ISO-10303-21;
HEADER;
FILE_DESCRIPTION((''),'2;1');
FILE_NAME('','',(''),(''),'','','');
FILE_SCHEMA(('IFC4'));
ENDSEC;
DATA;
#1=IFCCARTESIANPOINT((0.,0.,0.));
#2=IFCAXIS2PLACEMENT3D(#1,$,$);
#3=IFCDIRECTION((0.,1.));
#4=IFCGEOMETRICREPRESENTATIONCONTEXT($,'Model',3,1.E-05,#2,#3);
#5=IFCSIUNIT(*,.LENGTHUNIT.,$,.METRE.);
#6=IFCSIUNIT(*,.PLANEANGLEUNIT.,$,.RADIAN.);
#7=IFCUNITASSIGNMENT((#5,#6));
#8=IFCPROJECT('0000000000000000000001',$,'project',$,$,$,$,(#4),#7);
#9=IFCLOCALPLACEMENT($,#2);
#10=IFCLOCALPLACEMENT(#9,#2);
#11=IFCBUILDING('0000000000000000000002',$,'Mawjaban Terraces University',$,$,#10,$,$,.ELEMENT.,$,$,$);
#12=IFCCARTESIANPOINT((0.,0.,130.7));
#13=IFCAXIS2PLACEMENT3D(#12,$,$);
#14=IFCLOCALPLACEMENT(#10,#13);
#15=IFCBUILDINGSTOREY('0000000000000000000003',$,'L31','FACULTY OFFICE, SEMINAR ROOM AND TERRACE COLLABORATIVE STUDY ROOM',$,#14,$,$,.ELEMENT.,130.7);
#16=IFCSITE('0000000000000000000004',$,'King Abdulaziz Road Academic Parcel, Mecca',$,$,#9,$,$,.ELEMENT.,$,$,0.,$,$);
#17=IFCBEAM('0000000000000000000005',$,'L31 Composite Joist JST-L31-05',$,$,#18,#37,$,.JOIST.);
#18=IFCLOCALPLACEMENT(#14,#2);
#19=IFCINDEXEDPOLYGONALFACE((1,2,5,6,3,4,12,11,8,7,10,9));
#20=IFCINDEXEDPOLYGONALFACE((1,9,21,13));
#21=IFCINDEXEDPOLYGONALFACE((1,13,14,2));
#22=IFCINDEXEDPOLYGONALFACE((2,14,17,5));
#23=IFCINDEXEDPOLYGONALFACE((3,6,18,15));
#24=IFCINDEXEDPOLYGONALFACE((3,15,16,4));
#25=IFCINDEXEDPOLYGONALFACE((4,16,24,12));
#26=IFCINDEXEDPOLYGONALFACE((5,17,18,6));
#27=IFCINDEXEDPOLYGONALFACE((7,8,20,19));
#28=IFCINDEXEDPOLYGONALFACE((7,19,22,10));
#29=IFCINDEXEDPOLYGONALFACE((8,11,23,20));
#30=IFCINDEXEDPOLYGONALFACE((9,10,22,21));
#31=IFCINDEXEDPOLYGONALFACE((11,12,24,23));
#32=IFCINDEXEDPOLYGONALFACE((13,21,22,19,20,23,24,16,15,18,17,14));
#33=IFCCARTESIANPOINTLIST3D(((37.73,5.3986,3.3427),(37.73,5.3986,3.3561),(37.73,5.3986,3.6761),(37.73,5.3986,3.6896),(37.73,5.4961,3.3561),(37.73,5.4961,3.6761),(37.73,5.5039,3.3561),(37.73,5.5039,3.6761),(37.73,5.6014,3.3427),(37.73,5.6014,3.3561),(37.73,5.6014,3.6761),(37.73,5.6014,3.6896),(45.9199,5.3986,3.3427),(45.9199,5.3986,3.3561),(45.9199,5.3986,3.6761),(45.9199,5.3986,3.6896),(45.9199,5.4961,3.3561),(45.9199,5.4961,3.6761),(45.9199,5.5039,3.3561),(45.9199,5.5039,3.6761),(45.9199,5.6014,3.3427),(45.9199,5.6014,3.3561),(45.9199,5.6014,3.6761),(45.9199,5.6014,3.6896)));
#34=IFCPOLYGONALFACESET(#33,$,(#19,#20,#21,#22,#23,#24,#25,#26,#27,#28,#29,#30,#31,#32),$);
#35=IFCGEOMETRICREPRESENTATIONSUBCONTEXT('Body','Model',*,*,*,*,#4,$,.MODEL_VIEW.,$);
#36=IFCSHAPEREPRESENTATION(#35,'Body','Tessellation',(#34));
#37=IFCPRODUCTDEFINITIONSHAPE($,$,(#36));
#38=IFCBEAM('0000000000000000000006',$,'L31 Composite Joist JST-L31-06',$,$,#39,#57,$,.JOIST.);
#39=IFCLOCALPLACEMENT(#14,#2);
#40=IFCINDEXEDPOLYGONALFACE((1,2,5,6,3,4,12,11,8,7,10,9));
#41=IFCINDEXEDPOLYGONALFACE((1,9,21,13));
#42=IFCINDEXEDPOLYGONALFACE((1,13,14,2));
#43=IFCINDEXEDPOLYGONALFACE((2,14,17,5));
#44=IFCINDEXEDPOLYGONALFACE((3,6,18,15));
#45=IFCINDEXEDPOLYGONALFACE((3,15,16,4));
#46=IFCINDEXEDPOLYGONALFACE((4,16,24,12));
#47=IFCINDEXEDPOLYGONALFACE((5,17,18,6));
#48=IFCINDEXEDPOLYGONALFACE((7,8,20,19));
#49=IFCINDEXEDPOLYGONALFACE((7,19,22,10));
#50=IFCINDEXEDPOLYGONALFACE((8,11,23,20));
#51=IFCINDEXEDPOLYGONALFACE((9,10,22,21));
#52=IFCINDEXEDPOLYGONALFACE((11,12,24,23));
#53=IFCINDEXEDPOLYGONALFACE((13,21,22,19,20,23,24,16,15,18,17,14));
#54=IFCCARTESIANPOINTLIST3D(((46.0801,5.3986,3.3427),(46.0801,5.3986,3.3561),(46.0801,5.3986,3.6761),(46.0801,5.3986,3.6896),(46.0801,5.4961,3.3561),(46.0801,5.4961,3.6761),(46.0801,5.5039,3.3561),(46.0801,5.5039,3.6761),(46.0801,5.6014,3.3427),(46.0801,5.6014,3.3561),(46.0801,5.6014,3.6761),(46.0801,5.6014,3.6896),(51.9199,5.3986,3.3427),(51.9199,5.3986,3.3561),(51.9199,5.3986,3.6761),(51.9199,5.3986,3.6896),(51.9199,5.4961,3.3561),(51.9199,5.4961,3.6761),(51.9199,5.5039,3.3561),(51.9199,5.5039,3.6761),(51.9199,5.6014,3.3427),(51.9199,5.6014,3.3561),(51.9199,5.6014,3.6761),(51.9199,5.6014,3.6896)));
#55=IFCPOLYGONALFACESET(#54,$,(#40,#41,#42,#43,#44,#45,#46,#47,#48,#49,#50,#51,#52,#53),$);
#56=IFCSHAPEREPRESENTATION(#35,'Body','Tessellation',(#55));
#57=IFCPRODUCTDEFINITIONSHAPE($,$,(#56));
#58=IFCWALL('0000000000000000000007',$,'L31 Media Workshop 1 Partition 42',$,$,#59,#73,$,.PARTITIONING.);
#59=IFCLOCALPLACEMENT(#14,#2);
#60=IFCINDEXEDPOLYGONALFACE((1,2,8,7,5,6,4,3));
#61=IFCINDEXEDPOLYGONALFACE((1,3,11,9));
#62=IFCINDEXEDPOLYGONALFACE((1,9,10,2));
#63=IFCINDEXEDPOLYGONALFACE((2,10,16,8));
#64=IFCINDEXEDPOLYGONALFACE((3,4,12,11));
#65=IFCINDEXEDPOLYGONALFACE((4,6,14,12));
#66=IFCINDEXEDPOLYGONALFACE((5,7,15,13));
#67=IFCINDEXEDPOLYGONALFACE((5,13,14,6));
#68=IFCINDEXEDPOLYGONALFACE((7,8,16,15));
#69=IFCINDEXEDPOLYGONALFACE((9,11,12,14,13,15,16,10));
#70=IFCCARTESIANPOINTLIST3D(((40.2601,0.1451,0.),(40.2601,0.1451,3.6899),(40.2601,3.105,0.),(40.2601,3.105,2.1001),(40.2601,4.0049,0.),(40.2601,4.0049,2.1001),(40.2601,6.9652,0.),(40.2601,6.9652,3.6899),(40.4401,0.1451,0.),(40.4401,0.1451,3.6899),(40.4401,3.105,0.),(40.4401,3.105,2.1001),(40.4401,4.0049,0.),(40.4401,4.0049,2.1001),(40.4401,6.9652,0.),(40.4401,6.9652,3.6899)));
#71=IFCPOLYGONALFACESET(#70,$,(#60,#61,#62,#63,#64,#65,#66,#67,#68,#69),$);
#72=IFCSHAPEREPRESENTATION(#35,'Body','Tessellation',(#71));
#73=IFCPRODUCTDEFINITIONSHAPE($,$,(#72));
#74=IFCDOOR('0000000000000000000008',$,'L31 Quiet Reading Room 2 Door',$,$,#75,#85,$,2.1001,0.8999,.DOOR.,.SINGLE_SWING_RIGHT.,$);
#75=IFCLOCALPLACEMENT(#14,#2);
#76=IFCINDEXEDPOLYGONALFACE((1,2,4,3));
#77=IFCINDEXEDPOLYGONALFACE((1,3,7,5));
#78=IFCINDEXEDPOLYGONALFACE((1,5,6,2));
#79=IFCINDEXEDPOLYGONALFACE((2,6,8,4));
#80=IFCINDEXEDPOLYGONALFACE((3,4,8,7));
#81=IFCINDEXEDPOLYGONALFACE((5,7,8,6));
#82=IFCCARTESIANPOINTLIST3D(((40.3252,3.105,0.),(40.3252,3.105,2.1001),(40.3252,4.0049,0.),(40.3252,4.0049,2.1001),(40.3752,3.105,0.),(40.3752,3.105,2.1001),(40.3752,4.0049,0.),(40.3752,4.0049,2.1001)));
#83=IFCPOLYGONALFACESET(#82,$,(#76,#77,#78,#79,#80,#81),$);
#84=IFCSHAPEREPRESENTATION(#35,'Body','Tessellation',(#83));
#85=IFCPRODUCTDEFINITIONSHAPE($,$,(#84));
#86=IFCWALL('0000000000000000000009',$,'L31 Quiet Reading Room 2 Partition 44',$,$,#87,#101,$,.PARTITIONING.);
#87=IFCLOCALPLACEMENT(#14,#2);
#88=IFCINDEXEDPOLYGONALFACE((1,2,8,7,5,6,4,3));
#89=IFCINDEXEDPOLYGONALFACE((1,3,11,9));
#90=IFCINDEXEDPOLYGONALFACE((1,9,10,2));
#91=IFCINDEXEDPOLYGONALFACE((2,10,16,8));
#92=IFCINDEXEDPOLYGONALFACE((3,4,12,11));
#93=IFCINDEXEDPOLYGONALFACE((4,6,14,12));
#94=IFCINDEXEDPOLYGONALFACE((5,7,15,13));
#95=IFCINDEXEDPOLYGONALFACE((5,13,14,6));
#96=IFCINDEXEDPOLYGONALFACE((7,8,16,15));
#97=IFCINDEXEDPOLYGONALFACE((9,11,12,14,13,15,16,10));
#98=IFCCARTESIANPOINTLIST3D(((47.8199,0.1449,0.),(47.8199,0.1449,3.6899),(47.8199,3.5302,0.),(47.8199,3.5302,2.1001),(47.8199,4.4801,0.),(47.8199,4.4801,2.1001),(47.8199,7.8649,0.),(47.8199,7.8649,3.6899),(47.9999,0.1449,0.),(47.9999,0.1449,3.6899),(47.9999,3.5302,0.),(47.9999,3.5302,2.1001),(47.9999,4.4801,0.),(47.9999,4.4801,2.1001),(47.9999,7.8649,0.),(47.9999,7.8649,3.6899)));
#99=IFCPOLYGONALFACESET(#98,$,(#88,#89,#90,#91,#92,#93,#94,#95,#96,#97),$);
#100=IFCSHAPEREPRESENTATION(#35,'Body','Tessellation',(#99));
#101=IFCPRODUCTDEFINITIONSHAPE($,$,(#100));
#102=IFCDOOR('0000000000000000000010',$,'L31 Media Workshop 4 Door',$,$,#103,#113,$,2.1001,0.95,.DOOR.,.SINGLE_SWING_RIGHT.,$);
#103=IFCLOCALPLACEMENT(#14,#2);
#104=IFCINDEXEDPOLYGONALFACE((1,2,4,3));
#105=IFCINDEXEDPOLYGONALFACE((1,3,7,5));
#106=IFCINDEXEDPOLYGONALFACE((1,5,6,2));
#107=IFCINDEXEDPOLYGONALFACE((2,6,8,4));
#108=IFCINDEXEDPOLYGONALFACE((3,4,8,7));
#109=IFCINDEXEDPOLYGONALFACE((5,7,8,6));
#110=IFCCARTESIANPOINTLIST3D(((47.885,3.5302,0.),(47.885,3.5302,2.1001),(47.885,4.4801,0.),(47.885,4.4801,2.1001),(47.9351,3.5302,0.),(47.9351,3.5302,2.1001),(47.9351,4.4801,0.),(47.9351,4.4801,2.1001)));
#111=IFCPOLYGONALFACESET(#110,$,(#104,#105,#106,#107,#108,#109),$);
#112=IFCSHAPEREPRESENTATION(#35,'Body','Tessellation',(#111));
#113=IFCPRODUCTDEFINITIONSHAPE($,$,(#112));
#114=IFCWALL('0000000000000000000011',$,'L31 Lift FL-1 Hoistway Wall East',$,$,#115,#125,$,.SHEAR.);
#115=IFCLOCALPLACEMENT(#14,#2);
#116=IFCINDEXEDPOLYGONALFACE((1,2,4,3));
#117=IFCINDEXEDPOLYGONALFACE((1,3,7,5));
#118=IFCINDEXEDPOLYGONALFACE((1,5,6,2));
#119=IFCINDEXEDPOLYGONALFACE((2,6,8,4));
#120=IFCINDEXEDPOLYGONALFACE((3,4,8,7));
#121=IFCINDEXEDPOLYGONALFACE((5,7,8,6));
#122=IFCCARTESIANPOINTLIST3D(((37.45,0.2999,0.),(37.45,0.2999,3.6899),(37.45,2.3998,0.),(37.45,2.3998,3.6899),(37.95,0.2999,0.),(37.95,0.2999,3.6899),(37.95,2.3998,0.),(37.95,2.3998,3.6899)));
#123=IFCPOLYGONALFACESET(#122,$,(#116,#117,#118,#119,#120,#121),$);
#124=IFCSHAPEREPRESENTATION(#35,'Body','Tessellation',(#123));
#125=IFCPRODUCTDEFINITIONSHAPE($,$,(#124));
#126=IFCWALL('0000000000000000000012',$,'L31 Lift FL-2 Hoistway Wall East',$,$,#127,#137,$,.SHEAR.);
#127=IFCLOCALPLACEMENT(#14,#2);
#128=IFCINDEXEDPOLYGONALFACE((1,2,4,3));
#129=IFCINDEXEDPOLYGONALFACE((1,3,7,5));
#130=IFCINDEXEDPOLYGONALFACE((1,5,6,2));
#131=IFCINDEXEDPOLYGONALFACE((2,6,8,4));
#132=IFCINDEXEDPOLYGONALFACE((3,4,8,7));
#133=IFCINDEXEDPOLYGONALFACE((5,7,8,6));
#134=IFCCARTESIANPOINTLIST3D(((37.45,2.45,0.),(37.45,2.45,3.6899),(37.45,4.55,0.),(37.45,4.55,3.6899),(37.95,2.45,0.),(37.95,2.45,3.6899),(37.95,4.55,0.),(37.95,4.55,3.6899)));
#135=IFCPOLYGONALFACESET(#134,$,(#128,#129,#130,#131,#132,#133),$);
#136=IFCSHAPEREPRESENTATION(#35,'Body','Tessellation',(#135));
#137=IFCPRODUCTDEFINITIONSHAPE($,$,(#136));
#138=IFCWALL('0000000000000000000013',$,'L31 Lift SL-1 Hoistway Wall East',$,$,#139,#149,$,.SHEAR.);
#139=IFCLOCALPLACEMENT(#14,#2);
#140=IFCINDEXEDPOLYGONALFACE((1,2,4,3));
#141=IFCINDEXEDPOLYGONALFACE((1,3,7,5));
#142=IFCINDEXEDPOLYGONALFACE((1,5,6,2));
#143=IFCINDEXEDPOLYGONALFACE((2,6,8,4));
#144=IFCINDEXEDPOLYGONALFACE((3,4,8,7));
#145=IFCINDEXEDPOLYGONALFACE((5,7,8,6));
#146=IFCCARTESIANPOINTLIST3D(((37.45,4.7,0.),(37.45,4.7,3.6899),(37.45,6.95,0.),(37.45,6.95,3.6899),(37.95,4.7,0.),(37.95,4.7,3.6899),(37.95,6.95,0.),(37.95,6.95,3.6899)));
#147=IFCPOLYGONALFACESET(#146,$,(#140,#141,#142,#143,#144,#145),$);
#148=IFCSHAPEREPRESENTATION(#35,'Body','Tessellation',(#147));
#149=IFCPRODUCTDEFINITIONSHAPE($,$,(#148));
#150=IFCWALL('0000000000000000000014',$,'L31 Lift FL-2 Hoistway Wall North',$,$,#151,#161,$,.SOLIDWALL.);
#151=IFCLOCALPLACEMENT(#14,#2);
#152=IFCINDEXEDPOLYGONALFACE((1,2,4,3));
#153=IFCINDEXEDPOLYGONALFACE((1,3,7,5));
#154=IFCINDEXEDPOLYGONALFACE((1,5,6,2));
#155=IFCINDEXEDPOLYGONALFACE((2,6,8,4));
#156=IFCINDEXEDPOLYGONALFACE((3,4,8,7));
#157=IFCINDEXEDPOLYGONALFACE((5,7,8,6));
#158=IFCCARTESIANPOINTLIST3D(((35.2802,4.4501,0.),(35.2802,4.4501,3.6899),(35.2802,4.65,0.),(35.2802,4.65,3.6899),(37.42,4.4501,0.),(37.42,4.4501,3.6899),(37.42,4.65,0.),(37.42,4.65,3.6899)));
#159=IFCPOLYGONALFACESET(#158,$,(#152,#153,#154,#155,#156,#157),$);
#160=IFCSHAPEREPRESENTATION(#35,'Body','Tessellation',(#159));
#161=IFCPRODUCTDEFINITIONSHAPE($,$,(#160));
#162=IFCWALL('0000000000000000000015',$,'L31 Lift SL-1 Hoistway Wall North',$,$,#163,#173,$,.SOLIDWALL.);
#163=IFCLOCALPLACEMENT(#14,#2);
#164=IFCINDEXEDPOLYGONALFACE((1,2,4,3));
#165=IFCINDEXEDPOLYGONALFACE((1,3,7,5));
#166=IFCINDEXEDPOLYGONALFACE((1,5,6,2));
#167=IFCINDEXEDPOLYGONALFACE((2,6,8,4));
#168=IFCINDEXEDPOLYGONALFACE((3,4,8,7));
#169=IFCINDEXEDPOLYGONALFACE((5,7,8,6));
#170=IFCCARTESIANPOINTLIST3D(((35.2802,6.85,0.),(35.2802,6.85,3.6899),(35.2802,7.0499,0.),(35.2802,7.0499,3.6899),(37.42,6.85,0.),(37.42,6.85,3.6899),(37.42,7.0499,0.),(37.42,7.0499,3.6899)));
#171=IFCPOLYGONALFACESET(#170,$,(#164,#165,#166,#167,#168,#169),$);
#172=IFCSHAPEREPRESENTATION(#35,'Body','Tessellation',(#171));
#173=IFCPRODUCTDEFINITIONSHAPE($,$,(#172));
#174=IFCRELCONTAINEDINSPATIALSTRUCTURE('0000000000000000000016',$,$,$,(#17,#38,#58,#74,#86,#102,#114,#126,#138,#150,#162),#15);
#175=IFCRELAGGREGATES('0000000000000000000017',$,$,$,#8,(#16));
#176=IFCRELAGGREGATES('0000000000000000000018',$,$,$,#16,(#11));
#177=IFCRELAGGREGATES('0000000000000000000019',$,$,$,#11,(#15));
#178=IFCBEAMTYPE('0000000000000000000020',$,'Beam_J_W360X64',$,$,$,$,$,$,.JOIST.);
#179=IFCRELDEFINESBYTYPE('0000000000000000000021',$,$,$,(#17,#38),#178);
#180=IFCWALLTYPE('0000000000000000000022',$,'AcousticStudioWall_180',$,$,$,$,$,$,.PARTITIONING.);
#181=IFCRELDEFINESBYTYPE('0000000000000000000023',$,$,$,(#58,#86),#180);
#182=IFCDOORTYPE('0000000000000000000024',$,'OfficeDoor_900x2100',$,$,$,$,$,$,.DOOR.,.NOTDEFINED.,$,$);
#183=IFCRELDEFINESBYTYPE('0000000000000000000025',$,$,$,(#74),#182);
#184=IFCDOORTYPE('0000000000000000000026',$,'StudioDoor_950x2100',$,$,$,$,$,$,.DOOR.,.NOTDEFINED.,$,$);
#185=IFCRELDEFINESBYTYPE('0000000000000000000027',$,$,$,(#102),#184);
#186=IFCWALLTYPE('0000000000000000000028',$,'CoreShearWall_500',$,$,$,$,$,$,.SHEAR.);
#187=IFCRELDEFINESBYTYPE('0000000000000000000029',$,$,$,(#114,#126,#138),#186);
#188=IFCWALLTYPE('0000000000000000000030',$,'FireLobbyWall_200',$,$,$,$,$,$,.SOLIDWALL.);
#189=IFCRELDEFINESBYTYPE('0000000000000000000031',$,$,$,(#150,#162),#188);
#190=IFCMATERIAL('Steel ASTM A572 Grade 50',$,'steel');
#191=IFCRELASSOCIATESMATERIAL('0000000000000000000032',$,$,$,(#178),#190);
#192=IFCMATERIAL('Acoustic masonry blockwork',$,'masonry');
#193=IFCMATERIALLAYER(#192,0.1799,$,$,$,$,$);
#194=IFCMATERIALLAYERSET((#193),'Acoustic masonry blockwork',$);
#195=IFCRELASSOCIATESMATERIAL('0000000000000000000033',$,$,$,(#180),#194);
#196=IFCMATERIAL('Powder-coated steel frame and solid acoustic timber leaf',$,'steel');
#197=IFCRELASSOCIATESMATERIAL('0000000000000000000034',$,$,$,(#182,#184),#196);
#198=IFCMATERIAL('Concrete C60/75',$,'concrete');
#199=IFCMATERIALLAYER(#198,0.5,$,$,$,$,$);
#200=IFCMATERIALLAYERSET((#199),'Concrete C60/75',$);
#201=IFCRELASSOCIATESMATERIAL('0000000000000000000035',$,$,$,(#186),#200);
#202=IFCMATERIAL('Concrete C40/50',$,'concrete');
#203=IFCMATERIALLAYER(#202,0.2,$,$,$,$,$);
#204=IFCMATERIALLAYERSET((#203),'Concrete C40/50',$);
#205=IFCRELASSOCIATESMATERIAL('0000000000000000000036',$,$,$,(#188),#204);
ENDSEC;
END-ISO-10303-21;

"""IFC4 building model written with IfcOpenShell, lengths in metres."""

from ifc_helpers import new_model, si_unit, direction, frame, frame_2d, origin, origin_2d, place, context, subcontext, project, spatial, rectangle, i_section, extrude, material, layer, layer_set, material_profile, profile_set, type_object, element, fill, save


model = new_model("IFC4")

# Units and contexts
model_context = context("Model", 3, precision=1e-05, world=origin(), true_north=direction((0.0, 1.0)))
body_context = subcontext(model_context, "Body", "Model", "MODEL_VIEW")
ifc_project = project(units=[si_unit("LENGTHUNIT", "METRE"), si_unit("PLANEANGLEUNIT", "RADIAN")], contexts=[model_context])

# Site, building, storey
site_placement = place(None, origin())
site = spatial("IfcSite", under=ifc_project, at=site_placement, Name="King Abdulaziz Road Academic Parcel, Mecca", CompositionType="ELEMENT", RefElevation=0.0)
building_placement = place(site_placement, origin())
building = spatial("IfcBuilding", under=site, at=building_placement, Name="Mawjaban Terraces University", CompositionType="ELEMENT")
storey_placement = place(building_placement, frame((0.0, 0.0, 130.7)))
storey = spatial("IfcBuildingStorey", under=building, at=storey_placement, Name="L31", Description="FACULTY OFFICE, SEMINAR ROOM AND TERRACE COLLABORATIVE STUDY ROOM", CompositionType="ELEMENT", Elevation=130.7)

# Shared definitions
ifc_material_1 = material(Name="Concrete C60/75", Category="concrete")

# Beams
ifc_material_2 = material(Name="Steel ASTM A572 Grade 50", Category="steel")
ifc_material_profile_1 = material_profile(ifc_material_2, i_section(OverallWidth=0.2029, OverallDepth=0.3469, WebThickness=0.0078, FlangeThickness=0.0134, at=origin_2d()), Name="W360X64")
ifc_profile_set_1 = profile_set([ifc_material_profile_1], Name="Steel ASTM A572 Grade 50")
beam_type_1 = type_object("IfcBeamType", Name="Beam_J_W360X64", PredefinedType="JOIST", material=ifc_profile_set_1)
beam_1_placement = place(storey_placement, frame((37.73, 5.5, 3.5161), z_axis=(1.0, 0.0, 0.0), x_axis=(0.0, 1.0, 0.0)))
element("IfcBeam", 1, at=beam_1_placement, inside=storey, type_object=beam_type_1, Name="L31 Composite Joist JST-L31-05", PredefinedType="JOIST", context=body_context, shape_type="SweptSolid", body=[
    extrude(i_section(OverallWidth=0.2029, OverallDepth=0.3469, WebThickness=0.0078, FlangeThickness=0.0134, at=origin_2d()), origin(), (0.0, 0.0, 1.0), 8.1899),
])
beam_2_placement = place(storey_placement, frame((46.0801, 5.5, 3.5161), z_axis=(1.0, 0.0, 0.0), x_axis=(0.0, 1.0, 0.0)))
element("IfcBeam", 2, at=beam_2_placement, inside=storey, type_object=beam_type_1, Name="L31 Composite Joist JST-L31-06", PredefinedType="JOIST", context=body_context, shape_type="SweptSolid", body=[
    extrude(i_section(OverallWidth=0.2029, OverallDepth=0.3469, WebThickness=0.0078, FlangeThickness=0.0134, at=origin_2d()), origin(), (0.0, 0.0, 1.0), 5.8398),
])

# Walls, openings, doors
ifc_material_3 = material(Name="Acoustic masonry blockwork", Category="masonry")
ifc_layer_1 = layer(ifc_material_3, 0.1799)
ifc_layer_set_1 = layer_set([ifc_layer_1], Name="Acoustic masonry blockwork")
wall_type_1 = type_object("IfcWallType", Name="AcousticStudioWall_180", PredefinedType="PARTITIONING", material=ifc_layer_set_1)
wall_1_placement = place(storey_placement, frame((40.3501, 0.145, 0.0), z_axis=(0.0, 0.0, 1.0), x_axis=(0.0, 1.0, 0.0)))
wall_1 = element("IfcWall", 3, at=wall_1_placement, inside=storey, type_object=wall_type_1, Name="L31 Media Workshop 1 Partition 42", PredefinedType="PARTITIONING", context=body_context, shape_type="SweptSolid", body=[
    extrude(rectangle(XDim=6.8201, YDim=0.1799, at=frame_2d((3.4102, 0.0))), origin(), (0.0, 0.0, 1.0), 3.6899),
])
opening_1_placement = place(wall_1_placement, frame((2.96, 0.0, 0.0)))
opening_1 = element("IfcOpeningElement", 4, at=opening_1_placement, cuts=wall_1, PredefinedType="OPENING", context=body_context, shape_type="SweptSolid", body=[
    extrude(rectangle(XDim=0.8999, YDim=2.1001, at=frame_2d((0.45, 1.05))), frame((0.0, 0.0999, 0.0), z_axis=(0.0, -1.0, 0.0), x_axis=(1.0, 0.0, 0.0)), (0.0, 0.0, 1.0), 0.2),
])
ifc_material_4 = material(Name="Powder-coated steel frame and solid acoustic timber leaf", Category="steel")
door_type_1 = type_object("IfcDoorType", Name="OfficeDoor_900x2100", OperationType="NOTDEFINED", PredefinedType="DOOR", material=ifc_material_4)
door_1_placement = place(opening_1_placement, origin())
door_1 = element("IfcDoor", 5, at=door_1_placement, inside=storey, type_object=door_type_1, Name="L31 Quiet Reading Room 2 Door", OperationType="SINGLE_SWING_RIGHT", OverallHeight=2.1001, OverallWidth=0.8999, PredefinedType="DOOR", context=body_context, shape_type="SweptSolid", body=[
    extrude(rectangle(XDim=0.8999, YDim=2.1001, at=frame_2d((0.45, 1.05))), frame((0.0, 0.0249, 0.0), z_axis=(0.0, -1.0, 0.0), x_axis=(1.0, 0.0, 0.0)), (0.0, 0.0, 1.0), 0.05),
])
fill(opening_1, door_1)
wall_2_placement = place(storey_placement, frame((47.9099, 0.145, 0.0), z_axis=(0.0, 0.0, 1.0), x_axis=(0.0, 1.0, 0.0)))
wall_2 = element("IfcWall", 6, at=wall_2_placement, inside=storey, type_object=wall_type_1, Name="L31 Quiet Reading Room 2 Partition 44", PredefinedType="PARTITIONING", context=body_context, shape_type="SweptSolid", body=[
    extrude(rectangle(XDim=7.72, YDim=0.1799, at=frame_2d((3.8599, 0.0))), origin(), (0.0, 0.0, 1.0), 3.6899),
])
opening_2_placement = place(wall_2_placement, frame((3.385, 0.0, 0.0)))
opening_2 = element("IfcOpeningElement", 7, at=opening_2_placement, cuts=wall_2, PredefinedType="OPENING", context=body_context, shape_type="SweptSolid", body=[
    extrude(rectangle(XDim=0.95, YDim=2.1001, at=frame_2d((0.4751, 1.05))), frame((0.0, 0.0999, 0.0), z_axis=(0.0, -1.0, 0.0), x_axis=(1.0, 0.0, 0.0)), (0.0, 0.0, 1.0), 0.2),
])
door_type_2 = type_object("IfcDoorType", Name="StudioDoor_950x2100", OperationType="NOTDEFINED", PredefinedType="DOOR", material=ifc_material_4)
door_2_placement = place(opening_2_placement, origin())
door_2 = element("IfcDoor", 8, at=door_2_placement, inside=storey, type_object=door_type_2, Name="L31 Media Workshop 4 Door", OperationType="SINGLE_SWING_RIGHT", OverallHeight=2.1001, OverallWidth=0.95, PredefinedType="DOOR", context=body_context, shape_type="SweptSolid", body=[
    extrude(rectangle(XDim=0.95, YDim=2.1001, at=frame_2d((0.4751, 1.05))), frame((0.0, 0.0249, 0.0), z_axis=(0.0, -1.0, 0.0), x_axis=(1.0, 0.0, 0.0)), (0.0, 0.0, 1.0), 0.05),
])
fill(opening_2, door_2)

# Walls
ifc_layer_2 = layer(ifc_material_1, 0.5)
ifc_layer_set_2 = layer_set([ifc_layer_2], Name="Concrete C60/75")
wall_type_2 = type_object("IfcWallType", Name="CoreShearWall_500", PredefinedType="SHEAR", material=ifc_layer_set_2)
wall_3_placement = place(storey_placement, frame((37.7, 0.3, 0.0), z_axis=(0.0, 0.0, 1.0), x_axis=(0.0, 1.0, 0.0)))
element("IfcWall", 9, at=wall_3_placement, inside=storey, type_object=wall_type_2, Name="L31 Lift FL-1 Hoistway Wall East", PredefinedType="SHEAR", context=body_context, shape_type="SweptSolid", body=[
    extrude(rectangle(XDim=2.0999, YDim=0.5, at=frame_2d((1.0498, 0.0))), origin(), (0.0, 0.0, 1.0), 3.6899),
])
wall_4_placement = place(storey_placement, frame((37.7, 2.45, 0.0), z_axis=(0.0, 0.0, 1.0), x_axis=(0.0, 1.0, 0.0)))
element("IfcWall", 10, at=wall_4_placement, inside=storey, type_object=wall_type_2, Name="L31 Lift FL-2 Hoistway Wall East", PredefinedType="SHEAR", context=body_context, shape_type="SweptSolid", body=[
    extrude(rectangle(XDim=2.1001, YDim=0.5, at=frame_2d((1.05, 0.0))), origin(), (0.0, 0.0, 1.0), 3.6899),
])
wall_5_placement = place(storey_placement, frame((37.7, 4.7, 0.0), z_axis=(0.0, 0.0, 1.0), x_axis=(0.0, 1.0, 0.0)))
element("IfcWall", 11, at=wall_5_placement, inside=storey, type_object=wall_type_2, Name="L31 Lift SL-1 Hoistway Wall East", PredefinedType="SHEAR", context=body_context, shape_type="SweptSolid", body=[
    extrude(rectangle(XDim=2.25, YDim=0.5, at=frame_2d((1.125, 0.0))), origin(), (0.0, 0.0, 1.0), 3.6899),
])
ifc_material_5 = material(Name="Concrete C40/50", Category="concrete")
ifc_layer_3 = layer(ifc_material_5, 0.2)
ifc_layer_set_3 = layer_set([ifc_layer_3], Name="Concrete C40/50")
wall_type_3 = type_object("IfcWallType", Name="FireLobbyWall_200", PredefinedType="SOLIDWALL", material=ifc_layer_set_3)
for number, where, z_axis, x_axis, name in (
    (12, (37.4199, 4.55, 0.0), (0.0, 0.0, 1.0), (-1.0, 0.0, 0.0), "L31 Lift FL-2 Hoistway Wall North"),
    (13, (37.4199, 6.95, 0.0), (0.0, 0.0, 1.0), (-1.0, 0.0, 0.0), "L31 Lift SL-1 Hoistway Wall North"),
):
    element("IfcWall", number, at=place(storey_placement, frame(where, z_axis=z_axis, x_axis=x_axis)), inside=storey, type_object=wall_type_3, Name=name, PredefinedType="SOLIDWALL", context=body_context, shape_type="SweptSolid", body=[
        extrude(rectangle(XDim=2.1399, YDim=0.2, at=frame_2d((1.0698, 0.0))), origin(), (0.0, 0.0, 1.0), 3.6899),
    ])

save(model, "model.ifc")
